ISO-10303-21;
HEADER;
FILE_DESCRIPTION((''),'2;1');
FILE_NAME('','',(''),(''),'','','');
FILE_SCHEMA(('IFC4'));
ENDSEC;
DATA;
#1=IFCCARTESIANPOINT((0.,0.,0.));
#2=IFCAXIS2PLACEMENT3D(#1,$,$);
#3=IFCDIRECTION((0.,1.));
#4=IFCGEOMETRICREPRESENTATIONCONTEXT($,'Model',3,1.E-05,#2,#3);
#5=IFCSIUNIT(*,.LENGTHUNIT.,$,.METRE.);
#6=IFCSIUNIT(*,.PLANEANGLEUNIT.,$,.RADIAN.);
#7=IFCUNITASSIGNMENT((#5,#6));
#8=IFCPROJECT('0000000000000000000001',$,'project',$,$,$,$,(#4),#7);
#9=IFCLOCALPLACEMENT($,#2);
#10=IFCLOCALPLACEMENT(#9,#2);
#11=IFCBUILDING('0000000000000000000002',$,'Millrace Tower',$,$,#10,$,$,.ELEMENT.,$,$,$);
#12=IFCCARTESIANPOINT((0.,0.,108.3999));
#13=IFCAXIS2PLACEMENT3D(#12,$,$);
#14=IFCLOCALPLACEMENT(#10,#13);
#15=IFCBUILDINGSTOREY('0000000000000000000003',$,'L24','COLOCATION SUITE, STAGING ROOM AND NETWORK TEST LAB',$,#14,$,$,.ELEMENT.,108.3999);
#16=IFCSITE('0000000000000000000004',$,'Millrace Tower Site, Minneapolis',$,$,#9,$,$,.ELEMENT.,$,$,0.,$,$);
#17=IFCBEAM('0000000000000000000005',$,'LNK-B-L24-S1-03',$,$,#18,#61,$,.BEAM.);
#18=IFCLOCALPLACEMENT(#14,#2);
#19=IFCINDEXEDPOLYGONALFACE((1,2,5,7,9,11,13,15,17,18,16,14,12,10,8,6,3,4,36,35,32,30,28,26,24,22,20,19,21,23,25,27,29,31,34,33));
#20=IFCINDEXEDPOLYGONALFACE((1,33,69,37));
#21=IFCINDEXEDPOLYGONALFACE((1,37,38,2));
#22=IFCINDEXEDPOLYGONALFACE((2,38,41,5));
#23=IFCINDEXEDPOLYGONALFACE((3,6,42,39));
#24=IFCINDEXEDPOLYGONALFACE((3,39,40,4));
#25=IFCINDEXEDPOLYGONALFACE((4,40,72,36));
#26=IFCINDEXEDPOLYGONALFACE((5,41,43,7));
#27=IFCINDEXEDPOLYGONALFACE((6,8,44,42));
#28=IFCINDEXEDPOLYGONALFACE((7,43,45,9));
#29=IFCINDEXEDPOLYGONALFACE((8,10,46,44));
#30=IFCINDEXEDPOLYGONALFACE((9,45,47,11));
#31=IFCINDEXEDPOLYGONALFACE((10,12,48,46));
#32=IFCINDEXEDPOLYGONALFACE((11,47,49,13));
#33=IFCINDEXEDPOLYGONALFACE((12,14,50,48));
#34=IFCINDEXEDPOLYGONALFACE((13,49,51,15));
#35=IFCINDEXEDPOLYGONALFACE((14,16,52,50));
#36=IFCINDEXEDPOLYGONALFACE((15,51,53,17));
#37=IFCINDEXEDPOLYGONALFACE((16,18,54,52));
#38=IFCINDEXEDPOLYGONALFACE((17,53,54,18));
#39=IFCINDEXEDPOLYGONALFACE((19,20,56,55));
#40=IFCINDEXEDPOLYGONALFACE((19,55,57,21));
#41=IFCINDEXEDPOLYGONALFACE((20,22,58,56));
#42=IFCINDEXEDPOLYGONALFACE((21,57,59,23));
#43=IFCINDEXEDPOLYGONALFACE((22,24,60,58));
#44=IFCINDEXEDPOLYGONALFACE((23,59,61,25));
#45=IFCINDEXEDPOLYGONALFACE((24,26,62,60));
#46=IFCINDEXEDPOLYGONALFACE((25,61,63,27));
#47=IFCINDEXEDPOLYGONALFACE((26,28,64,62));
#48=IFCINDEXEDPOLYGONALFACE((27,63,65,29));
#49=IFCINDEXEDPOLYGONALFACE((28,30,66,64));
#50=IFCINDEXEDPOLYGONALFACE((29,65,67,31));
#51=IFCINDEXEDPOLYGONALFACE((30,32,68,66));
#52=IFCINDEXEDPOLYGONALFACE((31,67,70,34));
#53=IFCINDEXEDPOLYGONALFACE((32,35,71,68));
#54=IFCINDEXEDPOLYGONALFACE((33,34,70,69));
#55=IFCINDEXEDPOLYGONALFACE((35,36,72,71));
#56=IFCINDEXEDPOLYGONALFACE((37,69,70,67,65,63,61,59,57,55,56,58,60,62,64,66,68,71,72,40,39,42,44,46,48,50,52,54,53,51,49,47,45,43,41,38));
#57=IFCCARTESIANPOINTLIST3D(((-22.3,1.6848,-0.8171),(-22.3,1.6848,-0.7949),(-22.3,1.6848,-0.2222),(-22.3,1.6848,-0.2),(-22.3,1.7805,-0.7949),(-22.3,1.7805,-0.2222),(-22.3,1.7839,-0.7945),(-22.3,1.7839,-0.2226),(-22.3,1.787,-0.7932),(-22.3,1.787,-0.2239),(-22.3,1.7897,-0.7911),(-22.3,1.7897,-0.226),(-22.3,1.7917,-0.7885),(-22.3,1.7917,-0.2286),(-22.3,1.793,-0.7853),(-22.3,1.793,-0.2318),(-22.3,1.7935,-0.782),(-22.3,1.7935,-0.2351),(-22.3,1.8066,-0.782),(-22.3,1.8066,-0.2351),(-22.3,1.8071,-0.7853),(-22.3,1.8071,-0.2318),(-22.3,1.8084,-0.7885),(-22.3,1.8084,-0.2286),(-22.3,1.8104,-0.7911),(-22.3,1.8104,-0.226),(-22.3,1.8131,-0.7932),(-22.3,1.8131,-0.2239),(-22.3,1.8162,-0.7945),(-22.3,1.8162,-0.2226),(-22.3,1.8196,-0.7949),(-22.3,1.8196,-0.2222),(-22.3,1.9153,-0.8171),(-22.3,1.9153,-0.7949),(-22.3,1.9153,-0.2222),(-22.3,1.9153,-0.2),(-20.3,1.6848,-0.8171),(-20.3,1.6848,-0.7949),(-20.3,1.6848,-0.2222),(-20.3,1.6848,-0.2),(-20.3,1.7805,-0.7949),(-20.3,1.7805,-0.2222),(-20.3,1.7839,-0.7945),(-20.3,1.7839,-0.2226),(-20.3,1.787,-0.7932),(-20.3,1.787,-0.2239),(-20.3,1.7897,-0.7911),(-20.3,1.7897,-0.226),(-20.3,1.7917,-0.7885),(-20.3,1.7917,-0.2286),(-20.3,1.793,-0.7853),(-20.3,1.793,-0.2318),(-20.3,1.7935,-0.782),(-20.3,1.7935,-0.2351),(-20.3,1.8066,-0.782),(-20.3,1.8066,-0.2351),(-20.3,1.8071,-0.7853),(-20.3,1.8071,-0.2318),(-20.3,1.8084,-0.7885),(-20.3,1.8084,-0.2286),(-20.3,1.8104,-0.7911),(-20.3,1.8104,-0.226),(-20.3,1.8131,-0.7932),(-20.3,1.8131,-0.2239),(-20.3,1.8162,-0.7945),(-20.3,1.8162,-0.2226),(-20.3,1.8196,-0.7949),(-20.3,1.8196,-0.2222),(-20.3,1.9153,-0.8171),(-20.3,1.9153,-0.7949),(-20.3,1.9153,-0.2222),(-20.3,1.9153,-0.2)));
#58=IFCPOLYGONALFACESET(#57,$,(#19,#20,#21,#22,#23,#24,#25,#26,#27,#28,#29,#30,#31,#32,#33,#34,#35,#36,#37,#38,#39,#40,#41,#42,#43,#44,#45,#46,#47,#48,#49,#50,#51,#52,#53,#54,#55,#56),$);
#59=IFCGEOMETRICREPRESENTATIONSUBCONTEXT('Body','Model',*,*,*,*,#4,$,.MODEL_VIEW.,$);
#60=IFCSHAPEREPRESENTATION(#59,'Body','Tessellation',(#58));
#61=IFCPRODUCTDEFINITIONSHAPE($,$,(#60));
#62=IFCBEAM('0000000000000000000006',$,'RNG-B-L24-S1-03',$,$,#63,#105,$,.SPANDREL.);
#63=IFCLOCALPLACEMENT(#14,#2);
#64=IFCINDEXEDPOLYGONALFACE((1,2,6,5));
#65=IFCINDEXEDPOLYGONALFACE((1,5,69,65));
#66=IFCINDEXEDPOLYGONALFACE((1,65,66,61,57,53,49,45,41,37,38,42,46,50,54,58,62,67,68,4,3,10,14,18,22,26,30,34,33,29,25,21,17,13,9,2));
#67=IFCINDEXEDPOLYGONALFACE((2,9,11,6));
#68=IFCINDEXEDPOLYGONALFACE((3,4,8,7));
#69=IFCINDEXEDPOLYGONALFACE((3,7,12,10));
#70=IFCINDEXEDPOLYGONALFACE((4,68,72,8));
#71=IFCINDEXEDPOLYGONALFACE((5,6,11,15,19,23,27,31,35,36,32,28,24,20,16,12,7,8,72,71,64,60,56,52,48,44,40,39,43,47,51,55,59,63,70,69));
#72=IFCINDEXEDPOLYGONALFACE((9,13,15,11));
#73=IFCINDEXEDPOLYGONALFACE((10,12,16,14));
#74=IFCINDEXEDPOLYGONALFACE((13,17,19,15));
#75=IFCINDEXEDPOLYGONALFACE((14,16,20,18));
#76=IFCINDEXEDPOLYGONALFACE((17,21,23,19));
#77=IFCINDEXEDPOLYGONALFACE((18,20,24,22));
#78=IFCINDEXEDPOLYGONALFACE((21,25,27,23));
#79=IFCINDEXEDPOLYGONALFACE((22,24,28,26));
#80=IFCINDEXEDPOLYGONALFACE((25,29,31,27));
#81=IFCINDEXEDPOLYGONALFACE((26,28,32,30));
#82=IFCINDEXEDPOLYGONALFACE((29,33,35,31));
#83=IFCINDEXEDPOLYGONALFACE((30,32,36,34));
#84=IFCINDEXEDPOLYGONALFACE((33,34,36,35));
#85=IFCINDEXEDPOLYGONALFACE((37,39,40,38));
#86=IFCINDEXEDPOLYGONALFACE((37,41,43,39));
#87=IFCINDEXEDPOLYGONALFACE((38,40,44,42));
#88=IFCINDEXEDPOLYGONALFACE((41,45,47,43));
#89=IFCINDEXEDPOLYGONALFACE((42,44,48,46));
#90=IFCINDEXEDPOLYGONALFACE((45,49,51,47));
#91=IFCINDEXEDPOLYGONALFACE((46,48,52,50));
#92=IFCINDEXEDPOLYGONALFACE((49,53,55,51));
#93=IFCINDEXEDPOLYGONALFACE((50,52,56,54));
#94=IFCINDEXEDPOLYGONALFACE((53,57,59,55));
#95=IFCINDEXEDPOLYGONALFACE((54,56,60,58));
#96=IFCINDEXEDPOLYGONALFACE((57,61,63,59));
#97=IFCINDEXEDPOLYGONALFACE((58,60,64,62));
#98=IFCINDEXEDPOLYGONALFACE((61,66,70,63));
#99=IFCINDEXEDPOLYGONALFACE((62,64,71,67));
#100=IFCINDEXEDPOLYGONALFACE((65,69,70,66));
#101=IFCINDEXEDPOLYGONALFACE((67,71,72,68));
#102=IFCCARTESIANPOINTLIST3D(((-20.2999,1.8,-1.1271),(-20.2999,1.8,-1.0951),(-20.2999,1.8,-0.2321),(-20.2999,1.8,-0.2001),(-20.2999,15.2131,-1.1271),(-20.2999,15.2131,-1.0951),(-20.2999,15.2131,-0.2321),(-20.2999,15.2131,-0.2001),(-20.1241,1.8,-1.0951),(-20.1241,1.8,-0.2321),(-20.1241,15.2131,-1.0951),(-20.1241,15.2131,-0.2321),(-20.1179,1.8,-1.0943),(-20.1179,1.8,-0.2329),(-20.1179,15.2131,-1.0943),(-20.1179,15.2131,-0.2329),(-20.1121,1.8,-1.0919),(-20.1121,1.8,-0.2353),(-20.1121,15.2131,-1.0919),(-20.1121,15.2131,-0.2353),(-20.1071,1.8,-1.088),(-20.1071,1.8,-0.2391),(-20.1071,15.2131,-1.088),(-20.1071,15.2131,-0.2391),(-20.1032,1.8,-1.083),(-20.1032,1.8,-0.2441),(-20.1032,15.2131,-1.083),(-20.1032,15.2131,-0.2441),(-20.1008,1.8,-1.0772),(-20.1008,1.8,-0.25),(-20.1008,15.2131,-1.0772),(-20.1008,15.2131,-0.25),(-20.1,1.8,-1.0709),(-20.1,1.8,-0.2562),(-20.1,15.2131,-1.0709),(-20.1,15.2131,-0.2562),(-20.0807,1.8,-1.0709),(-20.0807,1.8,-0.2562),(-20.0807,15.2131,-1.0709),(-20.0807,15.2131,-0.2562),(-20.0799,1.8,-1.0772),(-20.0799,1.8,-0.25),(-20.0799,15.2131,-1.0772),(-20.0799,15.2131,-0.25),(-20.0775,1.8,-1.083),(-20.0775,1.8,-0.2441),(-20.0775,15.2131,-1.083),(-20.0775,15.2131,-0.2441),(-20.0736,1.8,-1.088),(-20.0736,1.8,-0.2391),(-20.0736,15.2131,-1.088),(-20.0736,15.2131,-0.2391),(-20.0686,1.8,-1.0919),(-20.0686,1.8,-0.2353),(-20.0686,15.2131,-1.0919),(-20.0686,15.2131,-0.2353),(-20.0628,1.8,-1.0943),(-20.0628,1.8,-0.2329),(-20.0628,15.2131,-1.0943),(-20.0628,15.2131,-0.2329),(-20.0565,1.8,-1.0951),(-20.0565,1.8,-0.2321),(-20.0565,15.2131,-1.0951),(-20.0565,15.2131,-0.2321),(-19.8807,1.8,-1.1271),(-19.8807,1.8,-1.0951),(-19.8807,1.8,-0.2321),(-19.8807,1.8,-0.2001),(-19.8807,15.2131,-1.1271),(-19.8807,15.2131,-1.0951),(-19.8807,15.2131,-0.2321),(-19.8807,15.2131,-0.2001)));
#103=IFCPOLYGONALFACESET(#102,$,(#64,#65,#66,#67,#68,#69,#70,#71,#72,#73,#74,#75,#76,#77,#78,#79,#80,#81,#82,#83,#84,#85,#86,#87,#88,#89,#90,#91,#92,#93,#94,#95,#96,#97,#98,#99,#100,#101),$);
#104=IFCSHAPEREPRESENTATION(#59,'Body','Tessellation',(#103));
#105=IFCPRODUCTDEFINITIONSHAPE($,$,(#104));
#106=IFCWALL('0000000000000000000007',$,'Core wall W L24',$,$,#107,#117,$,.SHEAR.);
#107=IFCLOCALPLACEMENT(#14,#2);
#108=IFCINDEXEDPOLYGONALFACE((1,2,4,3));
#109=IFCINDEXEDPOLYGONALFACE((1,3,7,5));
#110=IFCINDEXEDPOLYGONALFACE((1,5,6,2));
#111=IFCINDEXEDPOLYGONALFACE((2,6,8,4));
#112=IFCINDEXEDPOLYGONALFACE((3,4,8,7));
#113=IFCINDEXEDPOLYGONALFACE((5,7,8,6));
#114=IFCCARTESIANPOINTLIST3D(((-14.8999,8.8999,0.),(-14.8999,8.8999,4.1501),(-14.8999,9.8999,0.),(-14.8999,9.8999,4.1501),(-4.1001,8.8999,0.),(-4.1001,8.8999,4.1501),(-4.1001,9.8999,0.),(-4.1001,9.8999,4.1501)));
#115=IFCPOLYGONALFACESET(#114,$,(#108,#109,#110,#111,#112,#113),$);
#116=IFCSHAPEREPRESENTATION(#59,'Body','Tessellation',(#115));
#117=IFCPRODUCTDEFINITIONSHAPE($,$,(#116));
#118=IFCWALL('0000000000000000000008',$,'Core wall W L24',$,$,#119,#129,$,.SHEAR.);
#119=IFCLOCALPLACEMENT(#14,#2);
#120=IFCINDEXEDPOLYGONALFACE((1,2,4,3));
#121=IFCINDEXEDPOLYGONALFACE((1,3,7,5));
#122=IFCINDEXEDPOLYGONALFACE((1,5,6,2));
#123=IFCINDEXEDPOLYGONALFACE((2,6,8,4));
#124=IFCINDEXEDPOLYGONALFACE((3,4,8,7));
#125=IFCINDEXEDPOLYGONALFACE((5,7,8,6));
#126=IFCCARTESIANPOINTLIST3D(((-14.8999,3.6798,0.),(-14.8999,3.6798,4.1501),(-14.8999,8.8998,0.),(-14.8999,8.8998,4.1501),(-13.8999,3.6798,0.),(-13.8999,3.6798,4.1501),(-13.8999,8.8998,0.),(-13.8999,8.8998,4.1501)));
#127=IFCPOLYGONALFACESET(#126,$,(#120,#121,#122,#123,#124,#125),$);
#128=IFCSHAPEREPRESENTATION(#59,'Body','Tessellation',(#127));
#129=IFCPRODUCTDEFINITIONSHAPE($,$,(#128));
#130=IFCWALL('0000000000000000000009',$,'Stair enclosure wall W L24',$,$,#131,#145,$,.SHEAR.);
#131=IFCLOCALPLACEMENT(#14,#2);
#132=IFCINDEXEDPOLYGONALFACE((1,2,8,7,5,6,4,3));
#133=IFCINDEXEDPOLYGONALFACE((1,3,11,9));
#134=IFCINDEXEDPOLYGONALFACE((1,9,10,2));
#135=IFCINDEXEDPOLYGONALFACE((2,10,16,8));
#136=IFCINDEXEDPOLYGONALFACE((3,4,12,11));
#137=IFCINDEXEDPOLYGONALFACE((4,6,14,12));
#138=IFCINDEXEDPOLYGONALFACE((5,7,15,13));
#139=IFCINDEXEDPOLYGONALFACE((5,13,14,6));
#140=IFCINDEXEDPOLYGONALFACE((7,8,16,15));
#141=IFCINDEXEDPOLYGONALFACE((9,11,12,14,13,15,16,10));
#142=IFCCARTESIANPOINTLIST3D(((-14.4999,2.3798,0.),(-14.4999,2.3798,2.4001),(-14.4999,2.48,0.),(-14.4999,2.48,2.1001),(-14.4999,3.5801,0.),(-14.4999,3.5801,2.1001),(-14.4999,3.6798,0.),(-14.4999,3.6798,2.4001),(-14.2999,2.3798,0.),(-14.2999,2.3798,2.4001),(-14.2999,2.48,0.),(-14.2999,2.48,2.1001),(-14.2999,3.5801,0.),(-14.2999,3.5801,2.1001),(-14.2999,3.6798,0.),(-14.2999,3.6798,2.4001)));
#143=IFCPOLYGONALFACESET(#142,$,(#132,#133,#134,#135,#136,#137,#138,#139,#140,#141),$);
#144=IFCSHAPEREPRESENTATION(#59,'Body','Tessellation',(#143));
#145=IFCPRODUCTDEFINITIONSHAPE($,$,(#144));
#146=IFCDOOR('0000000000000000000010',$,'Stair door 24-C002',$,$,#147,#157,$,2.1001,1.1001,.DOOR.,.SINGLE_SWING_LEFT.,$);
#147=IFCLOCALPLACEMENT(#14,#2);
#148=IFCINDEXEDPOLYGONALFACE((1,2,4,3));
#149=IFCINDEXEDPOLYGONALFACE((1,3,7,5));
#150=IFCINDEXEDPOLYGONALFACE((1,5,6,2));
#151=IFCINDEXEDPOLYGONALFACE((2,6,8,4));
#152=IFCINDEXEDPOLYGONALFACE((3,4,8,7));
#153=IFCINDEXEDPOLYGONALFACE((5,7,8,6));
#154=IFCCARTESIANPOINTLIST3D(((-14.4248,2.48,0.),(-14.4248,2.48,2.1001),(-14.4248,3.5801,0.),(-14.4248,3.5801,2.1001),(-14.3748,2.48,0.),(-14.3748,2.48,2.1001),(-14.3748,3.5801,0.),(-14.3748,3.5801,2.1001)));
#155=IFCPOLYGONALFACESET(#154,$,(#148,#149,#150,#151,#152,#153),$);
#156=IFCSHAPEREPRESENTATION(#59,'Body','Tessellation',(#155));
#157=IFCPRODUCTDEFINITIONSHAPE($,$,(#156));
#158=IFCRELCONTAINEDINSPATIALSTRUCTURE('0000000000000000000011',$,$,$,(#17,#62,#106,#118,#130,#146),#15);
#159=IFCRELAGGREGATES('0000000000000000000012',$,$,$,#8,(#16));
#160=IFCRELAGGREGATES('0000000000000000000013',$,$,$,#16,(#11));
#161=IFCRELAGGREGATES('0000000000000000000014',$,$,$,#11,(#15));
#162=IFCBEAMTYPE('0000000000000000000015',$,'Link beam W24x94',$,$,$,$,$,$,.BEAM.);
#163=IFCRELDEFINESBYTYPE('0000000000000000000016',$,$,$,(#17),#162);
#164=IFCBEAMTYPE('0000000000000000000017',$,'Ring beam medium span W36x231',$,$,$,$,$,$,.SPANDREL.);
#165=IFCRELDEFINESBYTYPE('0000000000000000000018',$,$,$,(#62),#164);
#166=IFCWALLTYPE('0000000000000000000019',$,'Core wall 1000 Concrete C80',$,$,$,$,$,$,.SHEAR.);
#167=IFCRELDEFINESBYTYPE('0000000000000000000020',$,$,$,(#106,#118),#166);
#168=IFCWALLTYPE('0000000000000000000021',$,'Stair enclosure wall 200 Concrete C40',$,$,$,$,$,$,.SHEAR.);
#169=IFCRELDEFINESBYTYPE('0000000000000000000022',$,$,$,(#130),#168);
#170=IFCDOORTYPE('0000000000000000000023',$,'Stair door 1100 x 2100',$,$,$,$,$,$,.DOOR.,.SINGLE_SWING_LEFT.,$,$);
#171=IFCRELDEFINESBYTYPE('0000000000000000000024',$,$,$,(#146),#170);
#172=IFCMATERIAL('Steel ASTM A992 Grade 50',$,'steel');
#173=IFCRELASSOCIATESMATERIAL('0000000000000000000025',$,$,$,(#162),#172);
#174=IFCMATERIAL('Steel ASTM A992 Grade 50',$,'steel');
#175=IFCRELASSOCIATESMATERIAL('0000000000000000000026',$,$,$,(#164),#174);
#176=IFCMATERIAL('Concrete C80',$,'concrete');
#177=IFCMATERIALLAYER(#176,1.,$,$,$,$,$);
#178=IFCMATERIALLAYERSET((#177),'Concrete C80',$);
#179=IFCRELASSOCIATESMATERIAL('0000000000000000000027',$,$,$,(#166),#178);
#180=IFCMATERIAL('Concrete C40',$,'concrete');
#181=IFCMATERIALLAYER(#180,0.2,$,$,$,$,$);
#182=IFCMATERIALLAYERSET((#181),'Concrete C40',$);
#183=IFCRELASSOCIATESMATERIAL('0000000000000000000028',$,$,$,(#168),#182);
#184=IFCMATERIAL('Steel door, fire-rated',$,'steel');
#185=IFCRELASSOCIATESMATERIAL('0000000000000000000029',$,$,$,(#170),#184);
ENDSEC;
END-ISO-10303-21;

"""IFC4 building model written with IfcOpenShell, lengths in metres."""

from ifc_helpers import new_model, si_unit, direction, frame, frame_2d, origin, origin_2d, place, context, subcontext, project, spatial, rectangle, i_section, extrude, material, layer, layer_set, material_profile, profile_set, type_object, element, fill, save


model = new_model("IFC4")

# Units and contexts
model_context = context("Model", 3, precision=1e-05, world=origin(), true_north=direction((0.0, 1.0)))
body_context = subcontext(model_context, "Body", "Model", "MODEL_VIEW")
ifc_project = project(units=[si_unit("LENGTHUNIT", "METRE"), si_unit("PLANEANGLEUNIT", "RADIAN")], contexts=[model_context])

# Site, building, storey
site_placement = place(None, origin())
site = spatial("IfcSite", under=ifc_project, at=site_placement, Name="Millrace Tower Site, Minneapolis", CompositionType="ELEMENT", RefElevation=0.0)
building_placement = place(site_placement, origin())
building = spatial("IfcBuilding", under=site, at=building_placement, Name="Millrace Tower", CompositionType="ELEMENT")
storey_placement = place(building_placement, frame((0.0, 0.0, 108.3999)))
storey = spatial("IfcBuildingStorey", under=building, at=storey_placement, Name="L24", Description="COLOCATION SUITE, STAGING ROOM AND NETWORK TEST LAB", CompositionType="ELEMENT", Elevation=108.3999)

# Beams
ifc_material_1 = material(Name="Steel ASTM A992 Grade 50", Category="steel")
ifc_material_profile_1 = material_profile(ifc_material_1, i_section(OverallWidth=0.2305, OverallDepth=0.6172, WebThickness=0.0132, FlangeThickness=0.0222, FilletRadius=0.0129, at=origin_2d()))
ifc_profile_set_1 = profile_set([ifc_material_profile_1], Name="Steel ASTM A992 Grade 50")
beam_type_1 = type_object("IfcBeamType", Name="Link beam W24x94", PredefinedType="BEAM", material=ifc_profile_set_1)
beam_1_placement = place(storey_placement, frame((-20.3, 1.8, -0.5085), z_axis=(-1.0, 0.0, 0.0), x_axis=(0.0, -1.0, 0.0)))
element("IfcBeam", 1, at=beam_1_placement, inside=storey, type_object=beam_type_1, Name="LNK-B-L24-S1-03", PredefinedType="BEAM", context=body_context, shape_type="SweptSolid", body=[
    extrude(i_section(OverallWidth=0.2305, OverallDepth=0.6172, WebThickness=0.0132, FlangeThickness=0.0222, FilletRadius=0.0129, at=origin_2d()), origin(), (0.0, 0.0, 1.0), 2.0),
])
ifc_material_2 = material(Name="Steel ASTM A992 Grade 50", Category="steel")
ifc_material_profile_2 = material_profile(ifc_material_2, i_section(OverallWidth=0.4192, OverallDepth=0.927, WebThickness=0.0193, FlangeThickness=0.032, FilletRadius=0.0242, at=origin_2d()))
ifc_profile_set_2 = profile_set([ifc_material_profile_2], Name="Steel ASTM A992 Grade 50")
beam_type_2 = type_object("IfcBeamType", Name="Ring beam medium span W36x231", PredefinedType="SPANDREL", material=ifc_profile_set_2)
beam_2_placement = place(storey_placement, frame((-20.0903, 1.8, -0.6636), z_axis=(0.0, 1.0, 0.0), x_axis=(-1.0, 0.0, 0.0)))
element("IfcBeam", 2, at=beam_2_placement, inside=storey, type_object=beam_type_2, Name="RNG-B-L24-S1-03", PredefinedType="SPANDREL", context=body_context, shape_type="SweptSolid", body=[
    extrude(i_section(OverallWidth=0.4192, OverallDepth=0.927, WebThickness=0.0193, FlangeThickness=0.032, FilletRadius=0.0242, at=origin_2d()), origin(), (0.0, 0.0, 1.0), 13.4131),
])

# Walls
ifc_material_3 = material(Name="Concrete C80", Category="concrete")
ifc_layer_1 = layer(ifc_material_3, 1.0)
ifc_layer_set_1 = layer_set([ifc_layer_1], Name="Concrete C80")
wall_type_1 = type_object("IfcWallType", Name="Core wall 1000 Concrete C80", PredefinedType="SHEAR", material=ifc_layer_set_1)
wall_1_placement = place(storey_placement, frame((-14.8999, 9.3999, 0.0), z_axis=(0.0, 0.0, 1.0), x_axis=(1.0, 0.0, 0.0)))
element("IfcWall", 3, at=wall_1_placement, inside=storey, type_object=wall_type_1, Name="Core wall W L24", PredefinedType="SHEAR", context=body_context, shape_type="SweptSolid", body=[
    extrude(rectangle(XDim=10.7998, YDim=1.0, at=frame_2d((5.3999, 0.0))), origin(), (0.0, 0.0, 1.0), 4.1501),
])
wall_2_placement = place(storey_placement, frame((-14.3999, 3.6799, 0.0), z_axis=(0.0, 0.0, 1.0), x_axis=(0.0, 1.0, 0.0)))
element("IfcWall", 4, at=wall_2_placement, inside=storey, type_object=wall_type_1, Name="Core wall W L24", PredefinedType="SHEAR", context=body_context, shape_type="SweptSolid", body=[
    extrude(rectangle(XDim=5.22, YDim=1.0, at=frame_2d((2.6099, 0.0))), origin(), (0.0, 0.0, 1.0), 4.1501),
])

# Wall, opening, door
ifc_material_4 = material(Name="Concrete C40", Category="concrete")
ifc_layer_2 = layer(ifc_material_4, 0.2)
ifc_layer_set_2 = layer_set([ifc_layer_2], Name="Concrete C40")
wall_type_2 = type_object("IfcWallType", Name="Stair enclosure wall 200 Concrete C40", PredefinedType="SHEAR", material=ifc_layer_set_2)
wall_3_placement = place(storey_placement, frame((-14.3999, 2.3799, 0.0), z_axis=(0.0, 0.0, 1.0), x_axis=(0.0, 1.0, 0.0)))
wall_3 = element("IfcWall", 5, at=wall_3_placement, inside=storey, type_object=wall_type_2, Name="Stair enclosure wall W L24", PredefinedType="SHEAR", context=body_context, shape_type="SweptSolid", body=[
    extrude(rectangle(XDim=1.3, YDim=0.2, at=frame_2d((0.6499, 0.0))), origin(), (0.0, 0.0, 1.0), 2.4001),
])
opening_1_placement = place(wall_3_placement, frame((0.1001, 0.0, 0.0)))
opening_1 = element("IfcOpeningElement", 6, at=opening_1_placement, cuts=wall_3, PredefinedType="OPENING", context=body_context, shape_type="SweptSolid", body=[
    extrude(rectangle(XDim=1.1001, YDim=2.1001, at=frame_2d((0.55, 1.05))), frame((0.0, 0.1099, 0.0), z_axis=(0.0, -1.0, 0.0), x_axis=(1.0, 0.0, 0.0)), (0.0, 0.0, 1.0), 0.22),
])
ifc_material_5 = material(Name="Steel door, fire-rated", Category="steel")
door_type_1 = type_object("IfcDoorType", Name="Stair door 1100 x 2100", OperationType="SINGLE_SWING_LEFT", PredefinedType="DOOR", material=ifc_material_5)
door_1_placement = place(opening_1_placement, origin())
door_1 = element("IfcDoor", 7, at=door_1_placement, inside=storey, type_object=door_type_1, Name="Stair door 24-C002", OperationType="SINGLE_SWING_LEFT", OverallHeight=2.1001, OverallWidth=1.1001, PredefinedType="DOOR", context=body_context, shape_type="SweptSolid", body=[
    extrude(rectangle(XDim=1.1001, YDim=2.1001, at=frame_2d((0.55, 1.05))), frame((0.0, 0.0249, 0.0), z_axis=(0.0, -1.0, 0.0), x_axis=(1.0, 0.0, 0.0)), (0.0, 0.0, 1.0), 0.05),
])
fill(opening_1, door_1)

save(model, "model.ifc")
